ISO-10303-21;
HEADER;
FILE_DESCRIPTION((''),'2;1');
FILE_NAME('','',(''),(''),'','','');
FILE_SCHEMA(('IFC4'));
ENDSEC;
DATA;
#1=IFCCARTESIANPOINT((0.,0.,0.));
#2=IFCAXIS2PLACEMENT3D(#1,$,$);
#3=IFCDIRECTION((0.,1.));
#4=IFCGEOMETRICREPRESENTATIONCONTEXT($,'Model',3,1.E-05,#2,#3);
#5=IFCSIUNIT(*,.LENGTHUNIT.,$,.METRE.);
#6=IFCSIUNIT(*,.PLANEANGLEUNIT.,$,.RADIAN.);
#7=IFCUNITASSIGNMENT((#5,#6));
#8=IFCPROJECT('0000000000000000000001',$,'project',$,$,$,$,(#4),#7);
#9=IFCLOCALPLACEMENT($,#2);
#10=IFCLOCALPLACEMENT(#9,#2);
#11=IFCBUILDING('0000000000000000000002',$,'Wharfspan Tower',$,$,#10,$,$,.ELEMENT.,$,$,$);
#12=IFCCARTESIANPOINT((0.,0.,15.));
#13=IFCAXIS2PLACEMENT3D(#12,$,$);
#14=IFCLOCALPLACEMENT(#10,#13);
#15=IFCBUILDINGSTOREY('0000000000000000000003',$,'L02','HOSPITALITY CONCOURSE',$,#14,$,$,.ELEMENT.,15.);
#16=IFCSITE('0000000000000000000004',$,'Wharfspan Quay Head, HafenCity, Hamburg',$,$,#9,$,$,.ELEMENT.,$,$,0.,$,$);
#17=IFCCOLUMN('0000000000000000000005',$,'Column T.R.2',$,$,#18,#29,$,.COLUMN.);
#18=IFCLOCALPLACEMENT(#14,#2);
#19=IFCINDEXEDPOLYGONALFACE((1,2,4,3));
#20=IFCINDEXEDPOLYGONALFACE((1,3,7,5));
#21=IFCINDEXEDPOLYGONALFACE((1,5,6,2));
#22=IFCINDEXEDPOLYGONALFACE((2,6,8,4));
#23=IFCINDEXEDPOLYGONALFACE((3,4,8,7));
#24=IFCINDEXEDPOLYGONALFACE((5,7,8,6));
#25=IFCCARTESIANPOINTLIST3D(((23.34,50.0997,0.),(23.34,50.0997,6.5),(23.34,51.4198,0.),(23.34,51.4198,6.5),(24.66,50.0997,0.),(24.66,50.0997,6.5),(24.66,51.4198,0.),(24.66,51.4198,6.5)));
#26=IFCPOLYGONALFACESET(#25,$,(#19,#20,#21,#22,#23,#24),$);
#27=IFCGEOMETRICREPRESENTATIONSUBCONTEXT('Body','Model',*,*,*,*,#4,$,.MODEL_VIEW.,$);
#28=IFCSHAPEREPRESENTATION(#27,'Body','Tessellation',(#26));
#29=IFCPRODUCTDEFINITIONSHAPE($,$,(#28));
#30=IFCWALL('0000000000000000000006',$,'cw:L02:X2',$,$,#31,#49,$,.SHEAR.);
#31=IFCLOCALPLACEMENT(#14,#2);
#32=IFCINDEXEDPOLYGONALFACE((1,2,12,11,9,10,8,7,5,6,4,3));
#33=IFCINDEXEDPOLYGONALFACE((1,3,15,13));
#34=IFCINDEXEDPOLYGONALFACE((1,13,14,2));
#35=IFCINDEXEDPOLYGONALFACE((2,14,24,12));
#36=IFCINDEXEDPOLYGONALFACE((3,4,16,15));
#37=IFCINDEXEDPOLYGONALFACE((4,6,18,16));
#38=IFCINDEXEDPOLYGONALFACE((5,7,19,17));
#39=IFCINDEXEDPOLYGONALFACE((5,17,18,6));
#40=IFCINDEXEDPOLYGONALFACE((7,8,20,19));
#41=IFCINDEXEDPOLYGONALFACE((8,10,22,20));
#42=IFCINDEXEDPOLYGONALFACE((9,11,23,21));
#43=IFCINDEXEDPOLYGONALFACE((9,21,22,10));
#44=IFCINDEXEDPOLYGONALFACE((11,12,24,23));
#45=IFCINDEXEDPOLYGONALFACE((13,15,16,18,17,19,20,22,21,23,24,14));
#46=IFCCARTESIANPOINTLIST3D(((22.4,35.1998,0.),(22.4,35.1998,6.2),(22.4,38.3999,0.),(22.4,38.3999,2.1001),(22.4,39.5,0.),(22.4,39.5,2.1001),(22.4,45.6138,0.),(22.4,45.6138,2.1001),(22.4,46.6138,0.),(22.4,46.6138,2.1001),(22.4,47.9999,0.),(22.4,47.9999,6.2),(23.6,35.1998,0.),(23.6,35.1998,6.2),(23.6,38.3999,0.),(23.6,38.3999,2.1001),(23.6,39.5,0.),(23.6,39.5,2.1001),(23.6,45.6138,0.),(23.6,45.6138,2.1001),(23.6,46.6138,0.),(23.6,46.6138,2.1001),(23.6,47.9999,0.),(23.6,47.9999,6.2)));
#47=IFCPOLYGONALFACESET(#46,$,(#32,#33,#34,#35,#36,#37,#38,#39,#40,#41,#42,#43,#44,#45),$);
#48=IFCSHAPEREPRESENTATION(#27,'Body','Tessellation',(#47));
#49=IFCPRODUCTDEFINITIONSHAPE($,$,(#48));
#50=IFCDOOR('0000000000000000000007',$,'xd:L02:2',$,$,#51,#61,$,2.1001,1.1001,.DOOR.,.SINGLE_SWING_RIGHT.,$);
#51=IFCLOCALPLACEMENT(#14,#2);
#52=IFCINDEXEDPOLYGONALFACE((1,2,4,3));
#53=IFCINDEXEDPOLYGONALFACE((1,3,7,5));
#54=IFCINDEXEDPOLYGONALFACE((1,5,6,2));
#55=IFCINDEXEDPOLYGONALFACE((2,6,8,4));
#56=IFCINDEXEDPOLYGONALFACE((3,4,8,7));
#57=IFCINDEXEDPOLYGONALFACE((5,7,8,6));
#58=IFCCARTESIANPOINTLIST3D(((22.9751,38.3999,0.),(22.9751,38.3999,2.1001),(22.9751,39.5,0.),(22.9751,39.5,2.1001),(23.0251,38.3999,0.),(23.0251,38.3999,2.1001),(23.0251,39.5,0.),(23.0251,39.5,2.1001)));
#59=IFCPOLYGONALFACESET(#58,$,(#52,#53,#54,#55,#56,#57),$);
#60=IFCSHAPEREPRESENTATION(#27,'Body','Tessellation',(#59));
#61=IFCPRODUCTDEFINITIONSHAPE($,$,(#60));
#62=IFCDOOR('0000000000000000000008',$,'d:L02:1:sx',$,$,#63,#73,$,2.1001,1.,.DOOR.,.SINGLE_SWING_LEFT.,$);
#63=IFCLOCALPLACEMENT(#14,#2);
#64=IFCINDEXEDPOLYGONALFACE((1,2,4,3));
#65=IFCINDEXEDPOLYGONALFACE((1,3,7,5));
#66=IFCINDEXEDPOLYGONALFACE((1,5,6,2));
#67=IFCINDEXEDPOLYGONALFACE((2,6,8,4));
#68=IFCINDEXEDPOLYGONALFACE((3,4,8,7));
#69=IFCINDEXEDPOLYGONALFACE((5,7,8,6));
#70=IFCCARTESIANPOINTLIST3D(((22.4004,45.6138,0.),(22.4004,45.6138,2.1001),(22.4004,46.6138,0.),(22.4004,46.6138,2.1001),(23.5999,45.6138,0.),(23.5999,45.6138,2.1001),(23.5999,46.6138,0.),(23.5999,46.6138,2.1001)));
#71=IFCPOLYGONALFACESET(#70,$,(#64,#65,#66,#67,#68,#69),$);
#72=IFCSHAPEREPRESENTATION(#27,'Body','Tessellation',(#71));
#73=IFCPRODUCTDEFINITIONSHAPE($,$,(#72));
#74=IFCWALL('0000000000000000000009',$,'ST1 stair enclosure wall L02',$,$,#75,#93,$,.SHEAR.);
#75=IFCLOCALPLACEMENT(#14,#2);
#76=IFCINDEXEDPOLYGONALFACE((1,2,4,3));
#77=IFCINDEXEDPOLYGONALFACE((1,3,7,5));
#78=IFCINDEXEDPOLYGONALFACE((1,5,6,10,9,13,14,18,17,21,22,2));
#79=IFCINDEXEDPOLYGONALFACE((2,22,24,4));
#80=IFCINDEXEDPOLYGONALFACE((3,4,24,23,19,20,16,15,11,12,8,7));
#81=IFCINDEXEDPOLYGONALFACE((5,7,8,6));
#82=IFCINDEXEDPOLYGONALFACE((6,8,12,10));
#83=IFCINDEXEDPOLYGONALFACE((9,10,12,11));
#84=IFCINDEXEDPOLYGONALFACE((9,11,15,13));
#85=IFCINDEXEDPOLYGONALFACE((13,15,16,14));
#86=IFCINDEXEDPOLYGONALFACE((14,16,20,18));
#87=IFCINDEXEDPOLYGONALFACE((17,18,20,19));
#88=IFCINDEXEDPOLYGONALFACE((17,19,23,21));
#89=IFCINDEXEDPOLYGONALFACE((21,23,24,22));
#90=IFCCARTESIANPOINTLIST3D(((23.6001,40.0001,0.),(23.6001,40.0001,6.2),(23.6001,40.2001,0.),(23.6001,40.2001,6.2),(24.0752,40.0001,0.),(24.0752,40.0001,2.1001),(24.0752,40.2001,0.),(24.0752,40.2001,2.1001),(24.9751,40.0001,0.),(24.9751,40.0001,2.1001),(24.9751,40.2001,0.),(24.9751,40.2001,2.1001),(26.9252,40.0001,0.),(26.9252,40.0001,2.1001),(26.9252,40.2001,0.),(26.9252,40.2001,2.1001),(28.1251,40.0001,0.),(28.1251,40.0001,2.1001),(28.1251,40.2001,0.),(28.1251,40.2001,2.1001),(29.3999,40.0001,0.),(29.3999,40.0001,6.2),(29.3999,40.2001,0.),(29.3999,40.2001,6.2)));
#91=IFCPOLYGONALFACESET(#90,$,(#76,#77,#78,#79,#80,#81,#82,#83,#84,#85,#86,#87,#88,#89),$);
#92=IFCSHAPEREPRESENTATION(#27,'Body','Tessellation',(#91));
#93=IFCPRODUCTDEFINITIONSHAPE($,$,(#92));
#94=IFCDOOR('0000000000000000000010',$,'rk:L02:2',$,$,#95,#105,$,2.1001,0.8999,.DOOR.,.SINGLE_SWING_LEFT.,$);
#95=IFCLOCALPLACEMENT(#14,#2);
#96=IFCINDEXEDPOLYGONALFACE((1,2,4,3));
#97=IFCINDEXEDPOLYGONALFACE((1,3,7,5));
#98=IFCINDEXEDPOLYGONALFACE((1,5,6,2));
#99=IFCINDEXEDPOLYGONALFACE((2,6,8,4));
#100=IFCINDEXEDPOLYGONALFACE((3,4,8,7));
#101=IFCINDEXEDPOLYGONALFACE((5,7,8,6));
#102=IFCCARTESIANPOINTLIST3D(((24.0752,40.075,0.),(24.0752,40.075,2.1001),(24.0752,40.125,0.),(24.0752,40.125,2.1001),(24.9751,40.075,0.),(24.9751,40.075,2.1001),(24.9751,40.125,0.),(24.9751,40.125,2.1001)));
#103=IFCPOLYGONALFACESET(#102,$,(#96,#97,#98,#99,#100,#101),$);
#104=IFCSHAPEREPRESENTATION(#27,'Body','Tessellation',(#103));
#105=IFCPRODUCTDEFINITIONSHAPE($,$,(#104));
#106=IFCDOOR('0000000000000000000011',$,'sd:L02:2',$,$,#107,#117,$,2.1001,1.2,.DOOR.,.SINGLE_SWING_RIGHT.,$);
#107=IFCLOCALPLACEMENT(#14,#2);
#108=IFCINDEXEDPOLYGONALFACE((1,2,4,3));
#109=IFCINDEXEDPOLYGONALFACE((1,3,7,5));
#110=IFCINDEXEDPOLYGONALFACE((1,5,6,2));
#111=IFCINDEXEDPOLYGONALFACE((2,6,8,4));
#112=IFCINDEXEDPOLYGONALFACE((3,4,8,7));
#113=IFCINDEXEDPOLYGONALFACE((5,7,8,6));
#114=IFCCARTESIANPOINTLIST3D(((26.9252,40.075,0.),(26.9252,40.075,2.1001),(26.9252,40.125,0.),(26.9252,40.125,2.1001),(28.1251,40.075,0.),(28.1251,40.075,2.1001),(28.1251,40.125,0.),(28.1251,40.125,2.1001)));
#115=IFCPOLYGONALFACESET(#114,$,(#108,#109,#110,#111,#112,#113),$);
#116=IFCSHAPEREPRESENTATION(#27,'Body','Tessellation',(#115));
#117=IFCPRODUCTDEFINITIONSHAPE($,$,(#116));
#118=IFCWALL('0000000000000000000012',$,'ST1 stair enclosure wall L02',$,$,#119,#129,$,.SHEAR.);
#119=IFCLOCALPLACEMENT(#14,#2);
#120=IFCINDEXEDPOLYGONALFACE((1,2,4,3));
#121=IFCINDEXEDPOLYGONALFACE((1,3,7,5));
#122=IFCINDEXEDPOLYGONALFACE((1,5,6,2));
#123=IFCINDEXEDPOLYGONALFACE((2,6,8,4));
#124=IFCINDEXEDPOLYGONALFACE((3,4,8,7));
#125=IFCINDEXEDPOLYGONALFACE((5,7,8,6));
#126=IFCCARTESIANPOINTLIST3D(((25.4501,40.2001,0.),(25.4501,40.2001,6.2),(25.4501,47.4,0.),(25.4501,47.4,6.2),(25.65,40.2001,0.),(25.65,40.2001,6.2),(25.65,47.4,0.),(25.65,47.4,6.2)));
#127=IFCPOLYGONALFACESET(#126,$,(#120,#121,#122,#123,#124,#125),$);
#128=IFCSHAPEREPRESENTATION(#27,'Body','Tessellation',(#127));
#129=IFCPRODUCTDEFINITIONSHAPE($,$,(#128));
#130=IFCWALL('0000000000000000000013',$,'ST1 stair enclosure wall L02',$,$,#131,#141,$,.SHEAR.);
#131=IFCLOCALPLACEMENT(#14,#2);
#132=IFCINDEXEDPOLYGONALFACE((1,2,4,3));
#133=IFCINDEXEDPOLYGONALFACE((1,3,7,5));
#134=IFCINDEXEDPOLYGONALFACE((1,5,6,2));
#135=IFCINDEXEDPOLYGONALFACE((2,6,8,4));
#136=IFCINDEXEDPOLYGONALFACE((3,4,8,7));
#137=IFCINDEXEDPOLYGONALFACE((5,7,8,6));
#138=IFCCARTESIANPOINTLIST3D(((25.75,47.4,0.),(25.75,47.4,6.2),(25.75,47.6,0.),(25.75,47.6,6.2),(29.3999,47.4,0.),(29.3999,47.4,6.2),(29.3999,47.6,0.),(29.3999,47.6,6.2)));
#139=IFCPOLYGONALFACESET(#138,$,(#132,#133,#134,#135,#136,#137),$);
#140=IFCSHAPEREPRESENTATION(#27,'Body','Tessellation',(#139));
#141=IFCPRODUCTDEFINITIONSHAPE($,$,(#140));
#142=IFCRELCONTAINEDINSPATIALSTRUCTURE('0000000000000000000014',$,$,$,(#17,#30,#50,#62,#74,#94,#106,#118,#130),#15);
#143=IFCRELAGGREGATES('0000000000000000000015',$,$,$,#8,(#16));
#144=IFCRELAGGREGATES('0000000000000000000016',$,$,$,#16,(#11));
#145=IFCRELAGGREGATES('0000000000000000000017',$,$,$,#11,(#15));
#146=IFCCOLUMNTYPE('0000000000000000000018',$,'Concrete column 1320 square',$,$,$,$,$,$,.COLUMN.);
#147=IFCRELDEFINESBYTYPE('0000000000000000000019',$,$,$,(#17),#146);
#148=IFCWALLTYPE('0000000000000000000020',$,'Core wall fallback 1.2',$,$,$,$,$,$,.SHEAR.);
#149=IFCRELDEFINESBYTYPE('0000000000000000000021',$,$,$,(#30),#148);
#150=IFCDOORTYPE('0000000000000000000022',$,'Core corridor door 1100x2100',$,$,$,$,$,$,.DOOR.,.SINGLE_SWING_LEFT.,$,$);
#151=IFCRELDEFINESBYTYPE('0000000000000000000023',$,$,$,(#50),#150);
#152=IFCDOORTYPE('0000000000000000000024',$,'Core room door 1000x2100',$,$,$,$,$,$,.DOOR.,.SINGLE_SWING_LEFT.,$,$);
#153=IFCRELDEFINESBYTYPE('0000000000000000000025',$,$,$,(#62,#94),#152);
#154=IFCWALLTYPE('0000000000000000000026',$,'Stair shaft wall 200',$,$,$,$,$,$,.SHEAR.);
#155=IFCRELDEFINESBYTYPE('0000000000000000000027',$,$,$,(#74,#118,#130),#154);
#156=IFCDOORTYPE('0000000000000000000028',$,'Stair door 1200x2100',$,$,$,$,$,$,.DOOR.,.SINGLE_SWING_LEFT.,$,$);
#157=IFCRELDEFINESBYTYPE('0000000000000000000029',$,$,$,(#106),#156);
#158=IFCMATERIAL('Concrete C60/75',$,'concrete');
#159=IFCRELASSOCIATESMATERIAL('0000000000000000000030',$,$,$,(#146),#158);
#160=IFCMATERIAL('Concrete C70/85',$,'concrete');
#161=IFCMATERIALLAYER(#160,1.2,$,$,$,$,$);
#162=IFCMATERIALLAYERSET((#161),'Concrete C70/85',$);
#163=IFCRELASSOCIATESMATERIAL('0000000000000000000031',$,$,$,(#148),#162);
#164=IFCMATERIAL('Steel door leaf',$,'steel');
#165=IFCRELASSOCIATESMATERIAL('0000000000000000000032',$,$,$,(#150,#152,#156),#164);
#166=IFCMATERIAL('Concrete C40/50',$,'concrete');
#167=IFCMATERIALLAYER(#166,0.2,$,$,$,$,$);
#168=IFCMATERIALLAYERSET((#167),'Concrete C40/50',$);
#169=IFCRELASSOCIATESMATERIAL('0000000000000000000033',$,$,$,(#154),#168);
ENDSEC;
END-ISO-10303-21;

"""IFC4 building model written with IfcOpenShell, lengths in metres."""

from ifc_helpers import new_model, si_unit, direction, frame, frame_2d, origin, origin_2d, place, context, subcontext, project, spatial, rectangle, extrude, material, layer, layer_set, material_profile, profile_set, type_object, element, fill, save


model = new_model("IFC4")

# Units and contexts
model_context = context("Model", 3, precision=1e-05, world=origin(), true_north=direction((0.0, 1.0)))
body_context = subcontext(model_context, "Body", "Model", "MODEL_VIEW")
ifc_project = project(units=[si_unit("LENGTHUNIT", "METRE"), si_unit("PLANEANGLEUNIT", "RADIAN")], contexts=[model_context])

# Site, building, storey
site_placement = place(None, origin())
site = spatial("IfcSite", under=ifc_project, at=site_placement, Name="Wharfspan Quay Head, HafenCity, Hamburg", CompositionType="ELEMENT", RefElevation=0.0)
building_placement = place(site_placement, origin())
building = spatial("IfcBuilding", under=site, at=building_placement, Name="Wharfspan Tower", CompositionType="ELEMENT")
storey_placement = place(building_placement, frame((0.0, 0.0, 15.0)))
storey = spatial("IfcBuildingStorey", under=building, at=storey_placement, Name="L02", Description="HOSPITALITY CONCOURSE", CompositionType="ELEMENT", Elevation=15.0)

# Column
ifc_material_1 = material(Name="Concrete C60/75", Category="concrete")
ifc_material_profile = material_profile(ifc_material_1, rectangle(XDim=1.3201, YDim=1.3201, at=origin_2d()))
ifc_profile_set = profile_set([ifc_material_profile], Name="Concrete C60/75")
column_type = type_object("IfcColumnType", Name="Concrete column 1320 square", PredefinedType="COLUMN", material=ifc_profile_set)
column_placement = place(storey_placement, frame((24.0, 50.7598, 0.0), z_axis=(0.0, 0.0, 1.0), x_axis=(1.0, 0.0, 0.0)))
element("IfcColumn", 1, at=column_placement, inside=storey, type_object=column_type, Name="Column T.R.2", PredefinedType="COLUMN", context=body_context, shape_type="SweptSolid", body=[
    extrude(rectangle(XDim=1.3201, YDim=1.3201, at=origin_2d()), origin(), (0.0, 0.0, 1.0), 6.5),
])

# Walls, openings, doors
ifc_material_2 = material(Name="Concrete C70/85", Category="concrete")
ifc_layer_1 = layer(ifc_material_2, 1.2)
ifc_layer_set_1 = layer_set([ifc_layer_1], Name="Concrete C70/85")
wall_type_1 = type_object("IfcWallType", Name="Core wall fallback 1.2", PredefinedType="SHEAR", material=ifc_layer_set_1)
wall_1_placement = place(storey_placement, frame((23.0, 35.2, 0.0), z_axis=(0.0, 0.0, 1.0), x_axis=(0.0, 1.0, 0.0)))
wall_1 = element("IfcWall", 2, at=wall_1_placement, inside=storey, type_object=wall_type_1, Name="cw:L02:X2", PredefinedType="SHEAR", context=body_context, shape_type="SweptSolid", body=[
    extrude(rectangle(XDim=12.8, YDim=1.2, at=frame_2d((6.3999, 0.0))), origin(), (0.0, 0.0, 1.0), 6.2),
])
opening_1_placement = place(wall_1_placement, frame((10.4138, 0.0, 0.0)))
opening_1 = element("IfcOpeningElement", 3, at=opening_1_placement, cuts=wall_1, PredefinedType="OPENING", context=body_context, shape_type="SweptSolid", body=[
    extrude(rectangle(XDim=1.0, YDim=2.1001, at=frame_2d((0.5, 1.05))), frame((0.0, 0.6099, 0.0), z_axis=(0.0, -1.0, 0.0), x_axis=(1.0, 0.0, 0.0)), (0.0, 0.0, 1.0), 1.22),
])
opening_2_placement = place(wall_1_placement, frame((3.2, 0.0, 0.0)))
opening_2 = element("IfcOpeningElement", 4, at=opening_2_placement, cuts=wall_1, PredefinedType="OPENING", context=body_context, shape_type="SweptSolid", body=[
    extrude(rectangle(XDim=1.1001, YDim=2.1001, at=frame_2d((0.55, 1.05))), frame((0.0, 0.6099, 0.0), z_axis=(0.0, -1.0, 0.0), x_axis=(1.0, 0.0, 0.0)), (0.0, 0.0, 1.0), 1.22),
])
ifc_material_3 = material(Name="Steel door leaf", Category="steel")
door_type_1 = type_object("IfcDoorType", Name="Core corridor door 1100x2100", OperationType="SINGLE_SWING_LEFT", PredefinedType="DOOR", material=ifc_material_3)
door_1_placement = place(opening_2_placement, origin())
door_1 = element("IfcDoor", 5, at=door_1_placement, inside=storey, type_object=door_type_1, Name="xd:L02:2", OperationType="SINGLE_SWING_RIGHT", OverallHeight=2.1001, OverallWidth=1.1001, PredefinedType="DOOR", context=body_context, shape_type="SweptSolid", body=[
    extrude(rectangle(XDim=1.1001, YDim=2.1001, at=frame_2d((0.55, 1.05))), frame((0.0, 0.0249, 0.0), z_axis=(0.0, -1.0, 0.0), x_axis=(1.0, 0.0, 0.0)), (0.0, 0.0, 1.0), 0.05),
])
fill(opening_2, door_1)
door_type_2 = type_object("IfcDoorType", Name="Core room door 1000x2100", OperationType="SINGLE_SWING_LEFT", PredefinedType="DOOR", material=ifc_material_3)
door_2_placement = place(opening_1_placement, origin())
door_2 = element("IfcDoor", 6, at=door_2_placement, inside=storey, type_object=door_type_2, Name="d:L02:1:sx", OperationType="SINGLE_SWING_LEFT", OverallHeight=2.1001, OverallWidth=1.0, PredefinedType="DOOR", context=body_context, shape_type="SweptSolid", body=[
    extrude(rectangle(XDim=1.0, YDim=2.1001, at=frame_2d((0.5, 1.05))), frame((0.0, 0.5996, 0.0), z_axis=(0.0, -1.0, 0.0), x_axis=(1.0, 0.0, 0.0)), (0.0, 0.0, 1.0), 1.1995),
])
fill(opening_1, door_2)
ifc_material_4 = material(Name="Concrete C40/50", Category="concrete")
ifc_layer_2 = layer(ifc_material_4, 0.2)
ifc_layer_set_2 = layer_set([ifc_layer_2], Name="Concrete C40/50")
wall_type_2 = type_object("IfcWallType", Name="Stair shaft wall 200", PredefinedType="SHEAR", material=ifc_layer_set_2)
wall_2_placement = place(storey_placement, frame((23.6001, 40.1001, 0.0), z_axis=(0.0, 0.0, 1.0), x_axis=(1.0, 0.0, 0.0)))
wall_2 = element("IfcWall", 7, at=wall_2_placement, inside=storey, type_object=wall_type_2, Name="ST1 stair enclosure wall L02", PredefinedType="SHEAR", context=body_context, shape_type="SweptSolid", body=[
    extrude(rectangle(XDim=5.7998, YDim=0.2, at=frame_2d((2.8999, 0.0))), origin(), (0.0, 0.0, 1.0), 6.2),
])
opening_3_placement = place(wall_2_placement, frame((3.325, 0.0, 0.0)))
opening_3 = element("IfcOpeningElement", 8, at=opening_3_placement, cuts=wall_2, PredefinedType="OPENING", context=body_context, shape_type="SweptSolid", body=[
    extrude(rectangle(XDim=1.2, YDim=2.1001, at=frame_2d((0.6001, 1.05))), frame((0.0, 0.1099, 0.0), z_axis=(0.0, -1.0, 0.0), x_axis=(1.0, 0.0, 0.0)), (0.0, 0.0, 1.0), 0.22),
])
opening_4_placement = place(wall_2_placement, frame((0.4751, 0.0, 0.0)))
opening_4 = element("IfcOpeningElement", 9, at=opening_4_placement, cuts=wall_2, PredefinedType="OPENING", context=body_context, shape_type="SweptSolid", body=[
    extrude(rectangle(XDim=0.8999, YDim=2.1001, at=frame_2d((0.45, 1.05))), frame((0.0, 0.1099, 0.0), z_axis=(0.0, -1.0, 0.0), x_axis=(1.0, 0.0, 0.0)), (0.0, 0.0, 1.0), 0.22),
])
door_3_placement = place(opening_4_placement, origin())
door_3 = element("IfcDoor", 10, at=door_3_placement, inside=storey, type_object=door_type_2, Name="rk:L02:2", OperationType="SINGLE_SWING_LEFT", OverallHeight=2.1001, OverallWidth=0.8999, PredefinedType="DOOR", context=body_context, shape_type="SweptSolid", body=[
    extrude(rectangle(XDim=0.8999, YDim=2.1001, at=frame_2d((0.45, 1.05))), frame((0.0, 0.0249, 0.0), z_axis=(0.0, -1.0, 0.0), x_axis=(1.0, 0.0, 0.0)), (0.0, 0.0, 1.0), 0.05),
])
fill(opening_4, door_3)
door_type_3 = type_object("IfcDoorType", Name="Stair door 1200x2100", OperationType="SINGLE_SWING_LEFT", PredefinedType="DOOR", material=ifc_material_3)
door_4_placement = place(opening_3_placement, origin())
door_4 = element("IfcDoor", 11, at=door_4_placement, inside=storey, type_object=door_type_3, Name="sd:L02:2", OperationType="SINGLE_SWING_RIGHT", OverallHeight=2.1001, OverallWidth=1.2, PredefinedType="DOOR", context=body_context, shape_type="SweptSolid", body=[
    extrude(rectangle(XDim=1.2, YDim=2.1001, at=frame_2d((0.6001, 1.05))), frame((0.0, 0.0249, 0.0), z_axis=(0.0, -1.0, 0.0), x_axis=(1.0, 0.0, 0.0)), (0.0, 0.0, 1.0), 0.05),
])
fill(opening_3, door_4)

# Walls
wall_3_placement = place(storey_placement, frame((25.55, 40.2, 0.0), z_axis=(0.0, 0.0, 1.0), x_axis=(0.0, 1.0, 0.0)))
element("IfcWall", 12, at=wall_3_placement, inside=storey, type_object=wall_type_2, Name="ST1 stair enclosure wall L02", PredefinedType="SHEAR", context=body_context, shape_type="SweptSolid", body=[
    extrude(rectangle(XDim=7.2, YDim=0.2, at=frame_2d((3.6001, 0.0))), origin(), (0.0, 0.0, 1.0), 6.2),
])
wall_4_placement = place(storey_placement, frame((25.75, 47.5, 0.0), z_axis=(0.0, 0.0, 1.0), x_axis=(1.0, 0.0, 0.0)))
element("IfcWall", 13, at=wall_4_placement, inside=storey, type_object=wall_type_2, Name="ST1 stair enclosure wall L02", PredefinedType="SHEAR", context=body_context, shape_type="SweptSolid", body=[
    extrude(rectangle(XDim=3.6499, YDim=0.2, at=frame_2d((1.825, 0.0))), origin(), (0.0, 0.0, 1.0), 6.2),
])

save(model, "model.ifc")
